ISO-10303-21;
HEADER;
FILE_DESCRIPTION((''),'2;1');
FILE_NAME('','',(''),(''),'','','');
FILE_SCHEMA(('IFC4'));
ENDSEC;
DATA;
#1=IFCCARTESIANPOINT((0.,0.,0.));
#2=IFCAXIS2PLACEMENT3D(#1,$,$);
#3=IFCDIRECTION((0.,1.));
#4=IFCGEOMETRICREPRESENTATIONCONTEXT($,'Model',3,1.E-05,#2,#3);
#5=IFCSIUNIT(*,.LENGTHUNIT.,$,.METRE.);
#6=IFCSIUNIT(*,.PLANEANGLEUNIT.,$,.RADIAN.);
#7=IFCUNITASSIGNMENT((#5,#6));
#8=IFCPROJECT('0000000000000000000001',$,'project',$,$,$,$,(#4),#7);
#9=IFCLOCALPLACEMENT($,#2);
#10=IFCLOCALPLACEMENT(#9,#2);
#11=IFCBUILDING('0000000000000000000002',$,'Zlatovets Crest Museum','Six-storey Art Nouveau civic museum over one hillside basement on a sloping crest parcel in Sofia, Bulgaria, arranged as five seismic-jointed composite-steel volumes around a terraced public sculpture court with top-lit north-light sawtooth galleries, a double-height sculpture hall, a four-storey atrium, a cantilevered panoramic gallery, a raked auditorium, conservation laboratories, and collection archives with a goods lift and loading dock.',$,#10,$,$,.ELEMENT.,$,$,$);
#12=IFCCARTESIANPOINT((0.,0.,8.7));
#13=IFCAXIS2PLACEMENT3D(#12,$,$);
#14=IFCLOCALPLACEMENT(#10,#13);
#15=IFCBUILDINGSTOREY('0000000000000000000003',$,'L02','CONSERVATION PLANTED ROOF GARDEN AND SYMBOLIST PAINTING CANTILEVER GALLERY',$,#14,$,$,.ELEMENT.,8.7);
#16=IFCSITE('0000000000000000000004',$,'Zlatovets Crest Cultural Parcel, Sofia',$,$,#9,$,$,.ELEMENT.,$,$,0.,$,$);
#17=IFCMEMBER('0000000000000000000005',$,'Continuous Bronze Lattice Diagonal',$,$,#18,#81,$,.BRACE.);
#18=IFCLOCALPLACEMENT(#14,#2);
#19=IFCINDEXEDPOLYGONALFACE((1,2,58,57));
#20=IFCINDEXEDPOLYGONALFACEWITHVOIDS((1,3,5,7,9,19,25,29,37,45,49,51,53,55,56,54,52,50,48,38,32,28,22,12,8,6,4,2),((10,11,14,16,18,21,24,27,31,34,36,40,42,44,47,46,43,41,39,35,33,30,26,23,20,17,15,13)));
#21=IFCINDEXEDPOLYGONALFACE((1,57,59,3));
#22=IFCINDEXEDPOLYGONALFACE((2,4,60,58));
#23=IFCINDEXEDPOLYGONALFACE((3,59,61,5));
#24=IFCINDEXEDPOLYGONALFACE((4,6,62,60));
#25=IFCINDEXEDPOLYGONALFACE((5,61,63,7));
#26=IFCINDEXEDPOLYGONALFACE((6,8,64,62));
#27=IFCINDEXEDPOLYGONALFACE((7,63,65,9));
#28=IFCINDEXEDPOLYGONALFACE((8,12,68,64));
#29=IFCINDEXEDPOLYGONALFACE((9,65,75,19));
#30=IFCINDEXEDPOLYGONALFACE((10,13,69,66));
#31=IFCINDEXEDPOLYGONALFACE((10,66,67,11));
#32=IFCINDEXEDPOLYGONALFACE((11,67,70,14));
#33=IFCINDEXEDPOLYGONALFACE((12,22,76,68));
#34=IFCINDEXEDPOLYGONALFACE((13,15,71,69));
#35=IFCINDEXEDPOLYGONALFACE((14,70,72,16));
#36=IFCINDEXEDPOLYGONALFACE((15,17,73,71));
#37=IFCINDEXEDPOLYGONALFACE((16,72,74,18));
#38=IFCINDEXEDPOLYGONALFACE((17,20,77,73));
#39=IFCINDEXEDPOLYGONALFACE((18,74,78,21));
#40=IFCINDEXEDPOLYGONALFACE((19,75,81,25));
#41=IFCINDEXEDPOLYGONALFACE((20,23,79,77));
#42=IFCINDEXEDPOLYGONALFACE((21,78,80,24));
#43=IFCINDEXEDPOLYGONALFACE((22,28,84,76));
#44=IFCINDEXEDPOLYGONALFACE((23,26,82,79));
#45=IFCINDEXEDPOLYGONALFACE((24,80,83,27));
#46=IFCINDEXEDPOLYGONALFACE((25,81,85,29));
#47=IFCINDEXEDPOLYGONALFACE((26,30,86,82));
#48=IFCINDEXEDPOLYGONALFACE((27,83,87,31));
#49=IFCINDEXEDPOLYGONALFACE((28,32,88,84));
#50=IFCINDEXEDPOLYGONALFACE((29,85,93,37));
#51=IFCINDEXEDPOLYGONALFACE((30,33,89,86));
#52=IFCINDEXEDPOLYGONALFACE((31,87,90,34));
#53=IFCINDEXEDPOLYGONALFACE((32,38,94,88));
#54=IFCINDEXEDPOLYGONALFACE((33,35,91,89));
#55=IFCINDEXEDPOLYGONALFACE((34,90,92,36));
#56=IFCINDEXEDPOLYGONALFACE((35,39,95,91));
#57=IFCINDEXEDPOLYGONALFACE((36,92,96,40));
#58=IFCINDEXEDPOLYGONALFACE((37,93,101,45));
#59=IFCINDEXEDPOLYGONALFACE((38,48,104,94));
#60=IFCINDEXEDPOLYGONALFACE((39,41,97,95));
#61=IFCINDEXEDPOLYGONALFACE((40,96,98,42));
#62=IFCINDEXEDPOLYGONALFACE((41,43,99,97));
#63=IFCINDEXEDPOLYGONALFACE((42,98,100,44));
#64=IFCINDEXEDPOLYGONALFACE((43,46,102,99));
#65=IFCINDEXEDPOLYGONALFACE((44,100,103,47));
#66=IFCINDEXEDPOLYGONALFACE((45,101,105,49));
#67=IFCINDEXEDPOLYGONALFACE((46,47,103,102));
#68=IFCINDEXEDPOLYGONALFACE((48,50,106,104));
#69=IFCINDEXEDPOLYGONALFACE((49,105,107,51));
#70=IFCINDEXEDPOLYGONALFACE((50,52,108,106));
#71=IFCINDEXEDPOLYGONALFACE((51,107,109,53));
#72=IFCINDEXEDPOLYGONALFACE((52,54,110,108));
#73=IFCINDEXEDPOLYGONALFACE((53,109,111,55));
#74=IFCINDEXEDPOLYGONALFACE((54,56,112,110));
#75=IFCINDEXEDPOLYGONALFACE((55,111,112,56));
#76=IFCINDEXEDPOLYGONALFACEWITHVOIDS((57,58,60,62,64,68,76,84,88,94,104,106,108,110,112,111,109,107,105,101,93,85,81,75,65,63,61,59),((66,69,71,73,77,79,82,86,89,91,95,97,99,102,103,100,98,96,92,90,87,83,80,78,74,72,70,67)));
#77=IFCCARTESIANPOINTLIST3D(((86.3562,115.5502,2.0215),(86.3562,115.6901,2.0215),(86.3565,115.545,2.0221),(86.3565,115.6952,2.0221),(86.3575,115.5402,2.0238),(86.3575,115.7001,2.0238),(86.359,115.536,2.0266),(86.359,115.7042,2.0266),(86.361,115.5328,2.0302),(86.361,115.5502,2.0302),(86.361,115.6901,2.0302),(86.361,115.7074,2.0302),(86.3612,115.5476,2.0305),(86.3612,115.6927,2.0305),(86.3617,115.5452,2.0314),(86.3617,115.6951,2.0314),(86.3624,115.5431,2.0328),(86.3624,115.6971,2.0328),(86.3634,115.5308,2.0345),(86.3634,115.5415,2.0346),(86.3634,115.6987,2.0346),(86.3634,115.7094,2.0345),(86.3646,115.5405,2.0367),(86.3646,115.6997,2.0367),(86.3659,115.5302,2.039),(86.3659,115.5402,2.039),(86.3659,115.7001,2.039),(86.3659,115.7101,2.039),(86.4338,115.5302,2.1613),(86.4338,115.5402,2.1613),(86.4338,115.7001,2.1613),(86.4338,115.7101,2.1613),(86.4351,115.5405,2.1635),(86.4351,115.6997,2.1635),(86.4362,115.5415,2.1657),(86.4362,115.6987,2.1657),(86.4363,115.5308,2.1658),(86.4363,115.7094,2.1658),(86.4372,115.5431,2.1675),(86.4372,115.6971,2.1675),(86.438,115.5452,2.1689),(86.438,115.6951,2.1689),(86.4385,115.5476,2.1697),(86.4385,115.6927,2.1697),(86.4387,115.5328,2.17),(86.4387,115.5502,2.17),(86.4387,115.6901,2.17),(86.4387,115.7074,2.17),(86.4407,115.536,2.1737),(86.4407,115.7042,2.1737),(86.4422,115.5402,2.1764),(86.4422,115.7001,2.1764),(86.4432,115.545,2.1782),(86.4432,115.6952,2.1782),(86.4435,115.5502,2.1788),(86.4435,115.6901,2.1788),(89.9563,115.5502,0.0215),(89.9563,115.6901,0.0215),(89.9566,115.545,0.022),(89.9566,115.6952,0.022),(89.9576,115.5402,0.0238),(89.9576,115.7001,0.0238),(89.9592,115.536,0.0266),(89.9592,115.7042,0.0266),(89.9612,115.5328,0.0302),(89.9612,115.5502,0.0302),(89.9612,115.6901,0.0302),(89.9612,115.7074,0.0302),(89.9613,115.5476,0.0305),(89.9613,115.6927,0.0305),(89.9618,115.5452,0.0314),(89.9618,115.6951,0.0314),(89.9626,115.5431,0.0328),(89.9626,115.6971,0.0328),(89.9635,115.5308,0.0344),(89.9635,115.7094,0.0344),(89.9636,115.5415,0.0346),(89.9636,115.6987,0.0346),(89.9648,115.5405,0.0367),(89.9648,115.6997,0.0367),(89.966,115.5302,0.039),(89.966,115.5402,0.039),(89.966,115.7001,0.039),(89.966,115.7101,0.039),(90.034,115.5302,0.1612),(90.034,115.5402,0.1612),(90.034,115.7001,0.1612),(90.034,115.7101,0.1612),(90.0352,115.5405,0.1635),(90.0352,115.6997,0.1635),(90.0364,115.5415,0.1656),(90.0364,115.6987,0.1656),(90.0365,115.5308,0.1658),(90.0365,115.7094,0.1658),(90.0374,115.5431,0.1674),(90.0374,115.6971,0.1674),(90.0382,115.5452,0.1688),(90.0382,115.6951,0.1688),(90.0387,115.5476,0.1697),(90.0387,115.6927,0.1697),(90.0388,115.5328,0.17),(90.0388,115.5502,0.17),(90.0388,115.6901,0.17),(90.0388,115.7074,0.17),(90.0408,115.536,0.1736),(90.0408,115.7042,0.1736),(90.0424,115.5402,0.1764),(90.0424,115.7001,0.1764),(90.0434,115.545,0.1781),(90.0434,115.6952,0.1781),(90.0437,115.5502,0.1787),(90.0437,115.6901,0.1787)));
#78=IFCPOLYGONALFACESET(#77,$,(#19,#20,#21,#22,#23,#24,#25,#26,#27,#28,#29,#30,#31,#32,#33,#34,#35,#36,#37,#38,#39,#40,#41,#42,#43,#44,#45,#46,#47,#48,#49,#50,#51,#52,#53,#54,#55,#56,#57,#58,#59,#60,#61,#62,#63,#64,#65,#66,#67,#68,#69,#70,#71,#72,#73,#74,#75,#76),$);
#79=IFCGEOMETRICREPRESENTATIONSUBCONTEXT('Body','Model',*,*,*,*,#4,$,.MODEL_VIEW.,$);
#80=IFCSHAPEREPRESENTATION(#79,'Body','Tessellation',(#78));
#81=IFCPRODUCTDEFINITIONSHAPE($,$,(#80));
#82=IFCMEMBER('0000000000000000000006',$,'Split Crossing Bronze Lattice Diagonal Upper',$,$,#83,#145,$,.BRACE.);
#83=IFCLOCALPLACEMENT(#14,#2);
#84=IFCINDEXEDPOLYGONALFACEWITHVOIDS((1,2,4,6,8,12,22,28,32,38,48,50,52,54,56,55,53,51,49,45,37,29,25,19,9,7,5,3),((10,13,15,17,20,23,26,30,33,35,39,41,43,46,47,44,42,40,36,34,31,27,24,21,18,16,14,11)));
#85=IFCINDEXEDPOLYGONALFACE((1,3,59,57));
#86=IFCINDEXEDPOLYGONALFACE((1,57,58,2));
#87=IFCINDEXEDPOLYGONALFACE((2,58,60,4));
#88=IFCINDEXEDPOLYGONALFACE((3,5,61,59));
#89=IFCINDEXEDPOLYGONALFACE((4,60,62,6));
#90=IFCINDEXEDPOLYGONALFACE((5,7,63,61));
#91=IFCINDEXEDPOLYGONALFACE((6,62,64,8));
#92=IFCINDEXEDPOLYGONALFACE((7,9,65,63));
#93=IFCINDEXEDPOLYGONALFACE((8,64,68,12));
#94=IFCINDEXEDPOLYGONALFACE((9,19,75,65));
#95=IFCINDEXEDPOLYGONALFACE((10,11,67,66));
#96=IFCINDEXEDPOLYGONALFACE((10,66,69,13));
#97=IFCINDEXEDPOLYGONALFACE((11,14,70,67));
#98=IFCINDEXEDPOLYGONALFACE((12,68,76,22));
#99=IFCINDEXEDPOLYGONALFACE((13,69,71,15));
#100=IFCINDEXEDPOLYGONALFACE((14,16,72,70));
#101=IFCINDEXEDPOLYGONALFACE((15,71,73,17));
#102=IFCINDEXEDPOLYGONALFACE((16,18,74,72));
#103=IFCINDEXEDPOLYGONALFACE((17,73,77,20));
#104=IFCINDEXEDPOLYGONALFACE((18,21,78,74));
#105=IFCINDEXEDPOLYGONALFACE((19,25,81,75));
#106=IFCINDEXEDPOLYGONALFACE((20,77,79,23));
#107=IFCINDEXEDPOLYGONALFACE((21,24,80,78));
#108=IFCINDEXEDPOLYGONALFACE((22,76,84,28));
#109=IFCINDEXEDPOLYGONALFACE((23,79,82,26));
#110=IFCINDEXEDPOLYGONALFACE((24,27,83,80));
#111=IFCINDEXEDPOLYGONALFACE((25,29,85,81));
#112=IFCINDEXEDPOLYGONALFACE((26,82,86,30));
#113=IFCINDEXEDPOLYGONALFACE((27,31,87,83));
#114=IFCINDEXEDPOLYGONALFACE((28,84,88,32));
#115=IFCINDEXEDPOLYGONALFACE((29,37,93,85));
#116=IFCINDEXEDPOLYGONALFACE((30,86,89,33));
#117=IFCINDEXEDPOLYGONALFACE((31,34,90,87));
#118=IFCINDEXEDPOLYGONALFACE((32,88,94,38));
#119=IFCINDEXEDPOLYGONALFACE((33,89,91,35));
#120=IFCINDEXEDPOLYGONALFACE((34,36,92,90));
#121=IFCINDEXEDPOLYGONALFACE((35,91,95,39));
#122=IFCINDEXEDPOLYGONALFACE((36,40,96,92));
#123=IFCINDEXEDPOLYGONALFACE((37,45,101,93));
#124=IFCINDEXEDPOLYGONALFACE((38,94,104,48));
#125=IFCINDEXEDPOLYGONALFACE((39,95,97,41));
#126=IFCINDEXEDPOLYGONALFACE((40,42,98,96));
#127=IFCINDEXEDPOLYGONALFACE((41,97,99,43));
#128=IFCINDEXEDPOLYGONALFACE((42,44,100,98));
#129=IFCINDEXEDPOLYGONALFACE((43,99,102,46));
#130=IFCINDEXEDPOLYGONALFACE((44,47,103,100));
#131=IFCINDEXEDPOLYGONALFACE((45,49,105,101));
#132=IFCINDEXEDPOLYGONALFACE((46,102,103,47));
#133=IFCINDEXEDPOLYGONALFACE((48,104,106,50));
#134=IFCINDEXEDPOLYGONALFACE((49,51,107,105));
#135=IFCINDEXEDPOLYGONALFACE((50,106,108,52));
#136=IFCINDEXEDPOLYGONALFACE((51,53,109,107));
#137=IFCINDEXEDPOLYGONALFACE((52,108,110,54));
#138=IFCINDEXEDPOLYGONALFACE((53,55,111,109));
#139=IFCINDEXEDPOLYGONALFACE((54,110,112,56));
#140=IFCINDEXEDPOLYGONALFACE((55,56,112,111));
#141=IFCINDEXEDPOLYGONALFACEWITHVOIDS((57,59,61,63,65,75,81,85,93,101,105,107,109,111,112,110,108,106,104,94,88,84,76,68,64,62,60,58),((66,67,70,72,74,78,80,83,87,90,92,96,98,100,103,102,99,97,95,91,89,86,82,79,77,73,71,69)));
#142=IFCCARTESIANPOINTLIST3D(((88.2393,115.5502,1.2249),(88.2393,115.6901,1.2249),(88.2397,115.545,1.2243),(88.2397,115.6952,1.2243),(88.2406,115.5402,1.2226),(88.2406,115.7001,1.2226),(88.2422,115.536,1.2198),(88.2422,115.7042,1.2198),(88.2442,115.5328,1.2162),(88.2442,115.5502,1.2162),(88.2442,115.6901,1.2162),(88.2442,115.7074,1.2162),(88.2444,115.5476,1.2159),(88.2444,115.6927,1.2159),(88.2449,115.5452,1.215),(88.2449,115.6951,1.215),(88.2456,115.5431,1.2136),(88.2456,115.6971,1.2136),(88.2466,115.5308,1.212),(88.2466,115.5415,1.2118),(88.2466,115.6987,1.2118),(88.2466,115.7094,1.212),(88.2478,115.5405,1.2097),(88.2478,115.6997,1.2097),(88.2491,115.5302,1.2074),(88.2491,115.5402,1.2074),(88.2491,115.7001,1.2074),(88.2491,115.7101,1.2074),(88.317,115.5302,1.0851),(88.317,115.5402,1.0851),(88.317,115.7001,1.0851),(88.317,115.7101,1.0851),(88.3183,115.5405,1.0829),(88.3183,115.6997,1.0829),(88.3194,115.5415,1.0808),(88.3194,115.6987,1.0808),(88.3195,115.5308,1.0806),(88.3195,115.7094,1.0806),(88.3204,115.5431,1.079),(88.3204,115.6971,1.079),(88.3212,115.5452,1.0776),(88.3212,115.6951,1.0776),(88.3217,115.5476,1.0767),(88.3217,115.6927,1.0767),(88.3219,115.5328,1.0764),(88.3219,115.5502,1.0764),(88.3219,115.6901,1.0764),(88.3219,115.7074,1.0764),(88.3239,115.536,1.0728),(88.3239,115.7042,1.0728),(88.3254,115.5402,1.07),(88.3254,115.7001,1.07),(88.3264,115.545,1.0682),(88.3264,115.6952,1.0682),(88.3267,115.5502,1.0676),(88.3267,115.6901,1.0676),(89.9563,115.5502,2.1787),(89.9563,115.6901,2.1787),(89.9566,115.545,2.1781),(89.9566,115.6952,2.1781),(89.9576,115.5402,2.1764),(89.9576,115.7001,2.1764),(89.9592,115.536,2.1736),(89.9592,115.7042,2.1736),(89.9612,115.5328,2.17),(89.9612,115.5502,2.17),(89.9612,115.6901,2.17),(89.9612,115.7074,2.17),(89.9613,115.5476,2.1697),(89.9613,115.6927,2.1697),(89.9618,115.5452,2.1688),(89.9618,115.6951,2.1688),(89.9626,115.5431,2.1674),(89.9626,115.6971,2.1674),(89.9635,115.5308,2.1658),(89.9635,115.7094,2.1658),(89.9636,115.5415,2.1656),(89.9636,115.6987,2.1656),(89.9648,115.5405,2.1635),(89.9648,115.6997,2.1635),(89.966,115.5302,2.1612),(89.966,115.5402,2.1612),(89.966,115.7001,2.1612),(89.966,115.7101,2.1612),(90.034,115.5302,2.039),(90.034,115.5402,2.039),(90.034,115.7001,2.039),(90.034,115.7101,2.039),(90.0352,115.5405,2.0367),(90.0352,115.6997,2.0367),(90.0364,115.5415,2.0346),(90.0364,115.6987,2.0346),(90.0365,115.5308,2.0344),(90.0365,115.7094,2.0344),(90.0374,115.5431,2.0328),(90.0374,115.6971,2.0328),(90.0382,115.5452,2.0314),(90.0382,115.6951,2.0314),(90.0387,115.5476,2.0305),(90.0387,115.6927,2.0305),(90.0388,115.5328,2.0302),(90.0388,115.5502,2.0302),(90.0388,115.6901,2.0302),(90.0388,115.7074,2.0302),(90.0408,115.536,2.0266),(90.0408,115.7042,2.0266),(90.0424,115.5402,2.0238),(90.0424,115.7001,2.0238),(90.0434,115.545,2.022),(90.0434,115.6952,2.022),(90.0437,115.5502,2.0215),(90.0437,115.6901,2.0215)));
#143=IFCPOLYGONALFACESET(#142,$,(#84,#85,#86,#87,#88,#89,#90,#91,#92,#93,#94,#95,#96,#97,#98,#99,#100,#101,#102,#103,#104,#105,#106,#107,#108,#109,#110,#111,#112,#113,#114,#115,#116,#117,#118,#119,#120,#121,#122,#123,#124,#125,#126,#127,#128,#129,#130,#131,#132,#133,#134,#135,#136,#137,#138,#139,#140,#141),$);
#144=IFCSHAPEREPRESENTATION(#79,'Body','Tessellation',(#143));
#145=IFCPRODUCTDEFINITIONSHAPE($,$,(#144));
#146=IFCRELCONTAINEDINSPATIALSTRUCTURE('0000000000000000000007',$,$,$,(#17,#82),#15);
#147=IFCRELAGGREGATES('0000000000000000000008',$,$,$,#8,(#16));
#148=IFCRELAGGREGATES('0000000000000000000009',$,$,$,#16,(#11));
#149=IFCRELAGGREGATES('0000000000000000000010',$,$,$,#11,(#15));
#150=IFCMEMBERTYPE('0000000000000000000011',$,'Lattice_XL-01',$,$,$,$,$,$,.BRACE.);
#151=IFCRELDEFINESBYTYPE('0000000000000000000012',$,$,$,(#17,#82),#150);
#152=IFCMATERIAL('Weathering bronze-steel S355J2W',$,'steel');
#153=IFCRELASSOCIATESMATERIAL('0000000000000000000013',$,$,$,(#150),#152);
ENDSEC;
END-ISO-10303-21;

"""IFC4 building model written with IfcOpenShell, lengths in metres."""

from ifc_helpers import new_model, si_unit, direction, frame, origin, origin_2d, place, context, subcontext, project, spatial, hollow_rectangle, extrude, material, material_profile, profile_set, type_object, element, save


model = new_model("IFC4")

# Units and contexts
model_context = context("Model", 3, precision=1e-05, world=origin(), true_north=direction((0.0, 1.0)))
body_context = subcontext(model_context, "Body", "Model", "MODEL_VIEW")
ifc_project = project(units=[si_unit("LENGTHUNIT", "METRE"), si_unit("PLANEANGLEUNIT", "RADIAN")], contexts=[model_context])

# Site, building, storey
site_placement = place(None, origin())
site = spatial("IfcSite", under=ifc_project, at=site_placement, Name="Zlatovets Crest Cultural Parcel, Sofia", CompositionType="ELEMENT", RefElevation=0.0)
building_placement = place(site_placement, origin())
building = spatial("IfcBuilding", under=site, at=building_placement, Name="Zlatovets Crest Museum", Description="Six-storey Art Nouveau civic museum over one hillside basement on a sloping crest parcel in Sofia, Bulgaria, arranged as five seismic-jointed composite-steel volumes around a terraced public sculpture court with top-lit north-light sawtooth galleries, a double-height sculpture hall, a four-storey atrium, a cantilevered panoramic gallery, a raked auditorium, conservation laboratories, and collection archives with a goods lift and loading dock.", CompositionType="ELEMENT")
storey_placement = place(building_placement, frame((0.0, 0.0, 8.7)))
storey = spatial("IfcBuildingStorey", under=building, at=storey_placement, Name="L02", Description="CONSERVATION PLANTED ROOF GARDEN AND SYMBOLIST PAINTING CANTILEVER GALLERY", CompositionType="ELEMENT", Elevation=8.7)

# Members
ifc_material_1 = material(Name="Weathering bronze-steel S355J2W", Category="steel")
ifc_material_profile_1 = material_profile(ifc_material_1, hollow_rectangle(XDim=0.1799, YDim=0.1799, WallThickness=0.01, InnerFilletRadius=0.01, OuterFilletRadius=0.02, at=origin_2d()), Name="SHS 180x180x10.0")
ifc_profile_set_1 = profile_set([ifc_material_profile_1], Name="Weathering bronze-steel S355J2W")
member_type_1 = type_object("IfcMemberType", Name="Lattice_XL-01", PredefinedType="BRACE", material=ifc_profile_set_1)
member_1_placement = place(storey_placement, frame((90.0, 115.6201, 0.1001), z_axis=(-0.874163, 0.0, 0.485633), x_axis=(0.0, -1.0, 0.0)))
element("IfcMember", 1, at=member_1_placement, inside=storey, type_object=member_type_1, Name="Continuous Bronze Lattice Diagonal", PredefinedType="BRACE", context=body_context, shape_type="SweptSolid", body=[
    extrude(hollow_rectangle(XDim=0.1799, YDim=0.1799, WallThickness=0.01, InnerFilletRadius=0.01, OuterFilletRadius=0.02, at=origin_2d()), origin(), (0.0, 0.0, 1.0), 4.1184),
])
for number, where, z_axis, x_axis, name in (
    (2, (90.0, 115.6201, 2.1001), (-0.874169, 0.0, -0.485622), (0.0, -1.0, 0.0), "Split Crossing Bronze Lattice Diagonal Upper"),
):
    element("IfcMember", number, at=place(storey_placement, frame(where, z_axis=z_axis, x_axis=x_axis)), inside=storey, type_object=member_type_1, Name=name, PredefinedType="BRACE", context=body_context, shape_type="SweptSolid", body=[
        extrude(hollow_rectangle(XDim=0.1799, YDim=0.1799, WallThickness=0.01, InnerFilletRadius=0.01, OuterFilletRadius=0.02, at=origin_2d()), origin(), (0.0, 0.0, 1.0), 1.9641),
    ])

save(model, "model.ifc")
